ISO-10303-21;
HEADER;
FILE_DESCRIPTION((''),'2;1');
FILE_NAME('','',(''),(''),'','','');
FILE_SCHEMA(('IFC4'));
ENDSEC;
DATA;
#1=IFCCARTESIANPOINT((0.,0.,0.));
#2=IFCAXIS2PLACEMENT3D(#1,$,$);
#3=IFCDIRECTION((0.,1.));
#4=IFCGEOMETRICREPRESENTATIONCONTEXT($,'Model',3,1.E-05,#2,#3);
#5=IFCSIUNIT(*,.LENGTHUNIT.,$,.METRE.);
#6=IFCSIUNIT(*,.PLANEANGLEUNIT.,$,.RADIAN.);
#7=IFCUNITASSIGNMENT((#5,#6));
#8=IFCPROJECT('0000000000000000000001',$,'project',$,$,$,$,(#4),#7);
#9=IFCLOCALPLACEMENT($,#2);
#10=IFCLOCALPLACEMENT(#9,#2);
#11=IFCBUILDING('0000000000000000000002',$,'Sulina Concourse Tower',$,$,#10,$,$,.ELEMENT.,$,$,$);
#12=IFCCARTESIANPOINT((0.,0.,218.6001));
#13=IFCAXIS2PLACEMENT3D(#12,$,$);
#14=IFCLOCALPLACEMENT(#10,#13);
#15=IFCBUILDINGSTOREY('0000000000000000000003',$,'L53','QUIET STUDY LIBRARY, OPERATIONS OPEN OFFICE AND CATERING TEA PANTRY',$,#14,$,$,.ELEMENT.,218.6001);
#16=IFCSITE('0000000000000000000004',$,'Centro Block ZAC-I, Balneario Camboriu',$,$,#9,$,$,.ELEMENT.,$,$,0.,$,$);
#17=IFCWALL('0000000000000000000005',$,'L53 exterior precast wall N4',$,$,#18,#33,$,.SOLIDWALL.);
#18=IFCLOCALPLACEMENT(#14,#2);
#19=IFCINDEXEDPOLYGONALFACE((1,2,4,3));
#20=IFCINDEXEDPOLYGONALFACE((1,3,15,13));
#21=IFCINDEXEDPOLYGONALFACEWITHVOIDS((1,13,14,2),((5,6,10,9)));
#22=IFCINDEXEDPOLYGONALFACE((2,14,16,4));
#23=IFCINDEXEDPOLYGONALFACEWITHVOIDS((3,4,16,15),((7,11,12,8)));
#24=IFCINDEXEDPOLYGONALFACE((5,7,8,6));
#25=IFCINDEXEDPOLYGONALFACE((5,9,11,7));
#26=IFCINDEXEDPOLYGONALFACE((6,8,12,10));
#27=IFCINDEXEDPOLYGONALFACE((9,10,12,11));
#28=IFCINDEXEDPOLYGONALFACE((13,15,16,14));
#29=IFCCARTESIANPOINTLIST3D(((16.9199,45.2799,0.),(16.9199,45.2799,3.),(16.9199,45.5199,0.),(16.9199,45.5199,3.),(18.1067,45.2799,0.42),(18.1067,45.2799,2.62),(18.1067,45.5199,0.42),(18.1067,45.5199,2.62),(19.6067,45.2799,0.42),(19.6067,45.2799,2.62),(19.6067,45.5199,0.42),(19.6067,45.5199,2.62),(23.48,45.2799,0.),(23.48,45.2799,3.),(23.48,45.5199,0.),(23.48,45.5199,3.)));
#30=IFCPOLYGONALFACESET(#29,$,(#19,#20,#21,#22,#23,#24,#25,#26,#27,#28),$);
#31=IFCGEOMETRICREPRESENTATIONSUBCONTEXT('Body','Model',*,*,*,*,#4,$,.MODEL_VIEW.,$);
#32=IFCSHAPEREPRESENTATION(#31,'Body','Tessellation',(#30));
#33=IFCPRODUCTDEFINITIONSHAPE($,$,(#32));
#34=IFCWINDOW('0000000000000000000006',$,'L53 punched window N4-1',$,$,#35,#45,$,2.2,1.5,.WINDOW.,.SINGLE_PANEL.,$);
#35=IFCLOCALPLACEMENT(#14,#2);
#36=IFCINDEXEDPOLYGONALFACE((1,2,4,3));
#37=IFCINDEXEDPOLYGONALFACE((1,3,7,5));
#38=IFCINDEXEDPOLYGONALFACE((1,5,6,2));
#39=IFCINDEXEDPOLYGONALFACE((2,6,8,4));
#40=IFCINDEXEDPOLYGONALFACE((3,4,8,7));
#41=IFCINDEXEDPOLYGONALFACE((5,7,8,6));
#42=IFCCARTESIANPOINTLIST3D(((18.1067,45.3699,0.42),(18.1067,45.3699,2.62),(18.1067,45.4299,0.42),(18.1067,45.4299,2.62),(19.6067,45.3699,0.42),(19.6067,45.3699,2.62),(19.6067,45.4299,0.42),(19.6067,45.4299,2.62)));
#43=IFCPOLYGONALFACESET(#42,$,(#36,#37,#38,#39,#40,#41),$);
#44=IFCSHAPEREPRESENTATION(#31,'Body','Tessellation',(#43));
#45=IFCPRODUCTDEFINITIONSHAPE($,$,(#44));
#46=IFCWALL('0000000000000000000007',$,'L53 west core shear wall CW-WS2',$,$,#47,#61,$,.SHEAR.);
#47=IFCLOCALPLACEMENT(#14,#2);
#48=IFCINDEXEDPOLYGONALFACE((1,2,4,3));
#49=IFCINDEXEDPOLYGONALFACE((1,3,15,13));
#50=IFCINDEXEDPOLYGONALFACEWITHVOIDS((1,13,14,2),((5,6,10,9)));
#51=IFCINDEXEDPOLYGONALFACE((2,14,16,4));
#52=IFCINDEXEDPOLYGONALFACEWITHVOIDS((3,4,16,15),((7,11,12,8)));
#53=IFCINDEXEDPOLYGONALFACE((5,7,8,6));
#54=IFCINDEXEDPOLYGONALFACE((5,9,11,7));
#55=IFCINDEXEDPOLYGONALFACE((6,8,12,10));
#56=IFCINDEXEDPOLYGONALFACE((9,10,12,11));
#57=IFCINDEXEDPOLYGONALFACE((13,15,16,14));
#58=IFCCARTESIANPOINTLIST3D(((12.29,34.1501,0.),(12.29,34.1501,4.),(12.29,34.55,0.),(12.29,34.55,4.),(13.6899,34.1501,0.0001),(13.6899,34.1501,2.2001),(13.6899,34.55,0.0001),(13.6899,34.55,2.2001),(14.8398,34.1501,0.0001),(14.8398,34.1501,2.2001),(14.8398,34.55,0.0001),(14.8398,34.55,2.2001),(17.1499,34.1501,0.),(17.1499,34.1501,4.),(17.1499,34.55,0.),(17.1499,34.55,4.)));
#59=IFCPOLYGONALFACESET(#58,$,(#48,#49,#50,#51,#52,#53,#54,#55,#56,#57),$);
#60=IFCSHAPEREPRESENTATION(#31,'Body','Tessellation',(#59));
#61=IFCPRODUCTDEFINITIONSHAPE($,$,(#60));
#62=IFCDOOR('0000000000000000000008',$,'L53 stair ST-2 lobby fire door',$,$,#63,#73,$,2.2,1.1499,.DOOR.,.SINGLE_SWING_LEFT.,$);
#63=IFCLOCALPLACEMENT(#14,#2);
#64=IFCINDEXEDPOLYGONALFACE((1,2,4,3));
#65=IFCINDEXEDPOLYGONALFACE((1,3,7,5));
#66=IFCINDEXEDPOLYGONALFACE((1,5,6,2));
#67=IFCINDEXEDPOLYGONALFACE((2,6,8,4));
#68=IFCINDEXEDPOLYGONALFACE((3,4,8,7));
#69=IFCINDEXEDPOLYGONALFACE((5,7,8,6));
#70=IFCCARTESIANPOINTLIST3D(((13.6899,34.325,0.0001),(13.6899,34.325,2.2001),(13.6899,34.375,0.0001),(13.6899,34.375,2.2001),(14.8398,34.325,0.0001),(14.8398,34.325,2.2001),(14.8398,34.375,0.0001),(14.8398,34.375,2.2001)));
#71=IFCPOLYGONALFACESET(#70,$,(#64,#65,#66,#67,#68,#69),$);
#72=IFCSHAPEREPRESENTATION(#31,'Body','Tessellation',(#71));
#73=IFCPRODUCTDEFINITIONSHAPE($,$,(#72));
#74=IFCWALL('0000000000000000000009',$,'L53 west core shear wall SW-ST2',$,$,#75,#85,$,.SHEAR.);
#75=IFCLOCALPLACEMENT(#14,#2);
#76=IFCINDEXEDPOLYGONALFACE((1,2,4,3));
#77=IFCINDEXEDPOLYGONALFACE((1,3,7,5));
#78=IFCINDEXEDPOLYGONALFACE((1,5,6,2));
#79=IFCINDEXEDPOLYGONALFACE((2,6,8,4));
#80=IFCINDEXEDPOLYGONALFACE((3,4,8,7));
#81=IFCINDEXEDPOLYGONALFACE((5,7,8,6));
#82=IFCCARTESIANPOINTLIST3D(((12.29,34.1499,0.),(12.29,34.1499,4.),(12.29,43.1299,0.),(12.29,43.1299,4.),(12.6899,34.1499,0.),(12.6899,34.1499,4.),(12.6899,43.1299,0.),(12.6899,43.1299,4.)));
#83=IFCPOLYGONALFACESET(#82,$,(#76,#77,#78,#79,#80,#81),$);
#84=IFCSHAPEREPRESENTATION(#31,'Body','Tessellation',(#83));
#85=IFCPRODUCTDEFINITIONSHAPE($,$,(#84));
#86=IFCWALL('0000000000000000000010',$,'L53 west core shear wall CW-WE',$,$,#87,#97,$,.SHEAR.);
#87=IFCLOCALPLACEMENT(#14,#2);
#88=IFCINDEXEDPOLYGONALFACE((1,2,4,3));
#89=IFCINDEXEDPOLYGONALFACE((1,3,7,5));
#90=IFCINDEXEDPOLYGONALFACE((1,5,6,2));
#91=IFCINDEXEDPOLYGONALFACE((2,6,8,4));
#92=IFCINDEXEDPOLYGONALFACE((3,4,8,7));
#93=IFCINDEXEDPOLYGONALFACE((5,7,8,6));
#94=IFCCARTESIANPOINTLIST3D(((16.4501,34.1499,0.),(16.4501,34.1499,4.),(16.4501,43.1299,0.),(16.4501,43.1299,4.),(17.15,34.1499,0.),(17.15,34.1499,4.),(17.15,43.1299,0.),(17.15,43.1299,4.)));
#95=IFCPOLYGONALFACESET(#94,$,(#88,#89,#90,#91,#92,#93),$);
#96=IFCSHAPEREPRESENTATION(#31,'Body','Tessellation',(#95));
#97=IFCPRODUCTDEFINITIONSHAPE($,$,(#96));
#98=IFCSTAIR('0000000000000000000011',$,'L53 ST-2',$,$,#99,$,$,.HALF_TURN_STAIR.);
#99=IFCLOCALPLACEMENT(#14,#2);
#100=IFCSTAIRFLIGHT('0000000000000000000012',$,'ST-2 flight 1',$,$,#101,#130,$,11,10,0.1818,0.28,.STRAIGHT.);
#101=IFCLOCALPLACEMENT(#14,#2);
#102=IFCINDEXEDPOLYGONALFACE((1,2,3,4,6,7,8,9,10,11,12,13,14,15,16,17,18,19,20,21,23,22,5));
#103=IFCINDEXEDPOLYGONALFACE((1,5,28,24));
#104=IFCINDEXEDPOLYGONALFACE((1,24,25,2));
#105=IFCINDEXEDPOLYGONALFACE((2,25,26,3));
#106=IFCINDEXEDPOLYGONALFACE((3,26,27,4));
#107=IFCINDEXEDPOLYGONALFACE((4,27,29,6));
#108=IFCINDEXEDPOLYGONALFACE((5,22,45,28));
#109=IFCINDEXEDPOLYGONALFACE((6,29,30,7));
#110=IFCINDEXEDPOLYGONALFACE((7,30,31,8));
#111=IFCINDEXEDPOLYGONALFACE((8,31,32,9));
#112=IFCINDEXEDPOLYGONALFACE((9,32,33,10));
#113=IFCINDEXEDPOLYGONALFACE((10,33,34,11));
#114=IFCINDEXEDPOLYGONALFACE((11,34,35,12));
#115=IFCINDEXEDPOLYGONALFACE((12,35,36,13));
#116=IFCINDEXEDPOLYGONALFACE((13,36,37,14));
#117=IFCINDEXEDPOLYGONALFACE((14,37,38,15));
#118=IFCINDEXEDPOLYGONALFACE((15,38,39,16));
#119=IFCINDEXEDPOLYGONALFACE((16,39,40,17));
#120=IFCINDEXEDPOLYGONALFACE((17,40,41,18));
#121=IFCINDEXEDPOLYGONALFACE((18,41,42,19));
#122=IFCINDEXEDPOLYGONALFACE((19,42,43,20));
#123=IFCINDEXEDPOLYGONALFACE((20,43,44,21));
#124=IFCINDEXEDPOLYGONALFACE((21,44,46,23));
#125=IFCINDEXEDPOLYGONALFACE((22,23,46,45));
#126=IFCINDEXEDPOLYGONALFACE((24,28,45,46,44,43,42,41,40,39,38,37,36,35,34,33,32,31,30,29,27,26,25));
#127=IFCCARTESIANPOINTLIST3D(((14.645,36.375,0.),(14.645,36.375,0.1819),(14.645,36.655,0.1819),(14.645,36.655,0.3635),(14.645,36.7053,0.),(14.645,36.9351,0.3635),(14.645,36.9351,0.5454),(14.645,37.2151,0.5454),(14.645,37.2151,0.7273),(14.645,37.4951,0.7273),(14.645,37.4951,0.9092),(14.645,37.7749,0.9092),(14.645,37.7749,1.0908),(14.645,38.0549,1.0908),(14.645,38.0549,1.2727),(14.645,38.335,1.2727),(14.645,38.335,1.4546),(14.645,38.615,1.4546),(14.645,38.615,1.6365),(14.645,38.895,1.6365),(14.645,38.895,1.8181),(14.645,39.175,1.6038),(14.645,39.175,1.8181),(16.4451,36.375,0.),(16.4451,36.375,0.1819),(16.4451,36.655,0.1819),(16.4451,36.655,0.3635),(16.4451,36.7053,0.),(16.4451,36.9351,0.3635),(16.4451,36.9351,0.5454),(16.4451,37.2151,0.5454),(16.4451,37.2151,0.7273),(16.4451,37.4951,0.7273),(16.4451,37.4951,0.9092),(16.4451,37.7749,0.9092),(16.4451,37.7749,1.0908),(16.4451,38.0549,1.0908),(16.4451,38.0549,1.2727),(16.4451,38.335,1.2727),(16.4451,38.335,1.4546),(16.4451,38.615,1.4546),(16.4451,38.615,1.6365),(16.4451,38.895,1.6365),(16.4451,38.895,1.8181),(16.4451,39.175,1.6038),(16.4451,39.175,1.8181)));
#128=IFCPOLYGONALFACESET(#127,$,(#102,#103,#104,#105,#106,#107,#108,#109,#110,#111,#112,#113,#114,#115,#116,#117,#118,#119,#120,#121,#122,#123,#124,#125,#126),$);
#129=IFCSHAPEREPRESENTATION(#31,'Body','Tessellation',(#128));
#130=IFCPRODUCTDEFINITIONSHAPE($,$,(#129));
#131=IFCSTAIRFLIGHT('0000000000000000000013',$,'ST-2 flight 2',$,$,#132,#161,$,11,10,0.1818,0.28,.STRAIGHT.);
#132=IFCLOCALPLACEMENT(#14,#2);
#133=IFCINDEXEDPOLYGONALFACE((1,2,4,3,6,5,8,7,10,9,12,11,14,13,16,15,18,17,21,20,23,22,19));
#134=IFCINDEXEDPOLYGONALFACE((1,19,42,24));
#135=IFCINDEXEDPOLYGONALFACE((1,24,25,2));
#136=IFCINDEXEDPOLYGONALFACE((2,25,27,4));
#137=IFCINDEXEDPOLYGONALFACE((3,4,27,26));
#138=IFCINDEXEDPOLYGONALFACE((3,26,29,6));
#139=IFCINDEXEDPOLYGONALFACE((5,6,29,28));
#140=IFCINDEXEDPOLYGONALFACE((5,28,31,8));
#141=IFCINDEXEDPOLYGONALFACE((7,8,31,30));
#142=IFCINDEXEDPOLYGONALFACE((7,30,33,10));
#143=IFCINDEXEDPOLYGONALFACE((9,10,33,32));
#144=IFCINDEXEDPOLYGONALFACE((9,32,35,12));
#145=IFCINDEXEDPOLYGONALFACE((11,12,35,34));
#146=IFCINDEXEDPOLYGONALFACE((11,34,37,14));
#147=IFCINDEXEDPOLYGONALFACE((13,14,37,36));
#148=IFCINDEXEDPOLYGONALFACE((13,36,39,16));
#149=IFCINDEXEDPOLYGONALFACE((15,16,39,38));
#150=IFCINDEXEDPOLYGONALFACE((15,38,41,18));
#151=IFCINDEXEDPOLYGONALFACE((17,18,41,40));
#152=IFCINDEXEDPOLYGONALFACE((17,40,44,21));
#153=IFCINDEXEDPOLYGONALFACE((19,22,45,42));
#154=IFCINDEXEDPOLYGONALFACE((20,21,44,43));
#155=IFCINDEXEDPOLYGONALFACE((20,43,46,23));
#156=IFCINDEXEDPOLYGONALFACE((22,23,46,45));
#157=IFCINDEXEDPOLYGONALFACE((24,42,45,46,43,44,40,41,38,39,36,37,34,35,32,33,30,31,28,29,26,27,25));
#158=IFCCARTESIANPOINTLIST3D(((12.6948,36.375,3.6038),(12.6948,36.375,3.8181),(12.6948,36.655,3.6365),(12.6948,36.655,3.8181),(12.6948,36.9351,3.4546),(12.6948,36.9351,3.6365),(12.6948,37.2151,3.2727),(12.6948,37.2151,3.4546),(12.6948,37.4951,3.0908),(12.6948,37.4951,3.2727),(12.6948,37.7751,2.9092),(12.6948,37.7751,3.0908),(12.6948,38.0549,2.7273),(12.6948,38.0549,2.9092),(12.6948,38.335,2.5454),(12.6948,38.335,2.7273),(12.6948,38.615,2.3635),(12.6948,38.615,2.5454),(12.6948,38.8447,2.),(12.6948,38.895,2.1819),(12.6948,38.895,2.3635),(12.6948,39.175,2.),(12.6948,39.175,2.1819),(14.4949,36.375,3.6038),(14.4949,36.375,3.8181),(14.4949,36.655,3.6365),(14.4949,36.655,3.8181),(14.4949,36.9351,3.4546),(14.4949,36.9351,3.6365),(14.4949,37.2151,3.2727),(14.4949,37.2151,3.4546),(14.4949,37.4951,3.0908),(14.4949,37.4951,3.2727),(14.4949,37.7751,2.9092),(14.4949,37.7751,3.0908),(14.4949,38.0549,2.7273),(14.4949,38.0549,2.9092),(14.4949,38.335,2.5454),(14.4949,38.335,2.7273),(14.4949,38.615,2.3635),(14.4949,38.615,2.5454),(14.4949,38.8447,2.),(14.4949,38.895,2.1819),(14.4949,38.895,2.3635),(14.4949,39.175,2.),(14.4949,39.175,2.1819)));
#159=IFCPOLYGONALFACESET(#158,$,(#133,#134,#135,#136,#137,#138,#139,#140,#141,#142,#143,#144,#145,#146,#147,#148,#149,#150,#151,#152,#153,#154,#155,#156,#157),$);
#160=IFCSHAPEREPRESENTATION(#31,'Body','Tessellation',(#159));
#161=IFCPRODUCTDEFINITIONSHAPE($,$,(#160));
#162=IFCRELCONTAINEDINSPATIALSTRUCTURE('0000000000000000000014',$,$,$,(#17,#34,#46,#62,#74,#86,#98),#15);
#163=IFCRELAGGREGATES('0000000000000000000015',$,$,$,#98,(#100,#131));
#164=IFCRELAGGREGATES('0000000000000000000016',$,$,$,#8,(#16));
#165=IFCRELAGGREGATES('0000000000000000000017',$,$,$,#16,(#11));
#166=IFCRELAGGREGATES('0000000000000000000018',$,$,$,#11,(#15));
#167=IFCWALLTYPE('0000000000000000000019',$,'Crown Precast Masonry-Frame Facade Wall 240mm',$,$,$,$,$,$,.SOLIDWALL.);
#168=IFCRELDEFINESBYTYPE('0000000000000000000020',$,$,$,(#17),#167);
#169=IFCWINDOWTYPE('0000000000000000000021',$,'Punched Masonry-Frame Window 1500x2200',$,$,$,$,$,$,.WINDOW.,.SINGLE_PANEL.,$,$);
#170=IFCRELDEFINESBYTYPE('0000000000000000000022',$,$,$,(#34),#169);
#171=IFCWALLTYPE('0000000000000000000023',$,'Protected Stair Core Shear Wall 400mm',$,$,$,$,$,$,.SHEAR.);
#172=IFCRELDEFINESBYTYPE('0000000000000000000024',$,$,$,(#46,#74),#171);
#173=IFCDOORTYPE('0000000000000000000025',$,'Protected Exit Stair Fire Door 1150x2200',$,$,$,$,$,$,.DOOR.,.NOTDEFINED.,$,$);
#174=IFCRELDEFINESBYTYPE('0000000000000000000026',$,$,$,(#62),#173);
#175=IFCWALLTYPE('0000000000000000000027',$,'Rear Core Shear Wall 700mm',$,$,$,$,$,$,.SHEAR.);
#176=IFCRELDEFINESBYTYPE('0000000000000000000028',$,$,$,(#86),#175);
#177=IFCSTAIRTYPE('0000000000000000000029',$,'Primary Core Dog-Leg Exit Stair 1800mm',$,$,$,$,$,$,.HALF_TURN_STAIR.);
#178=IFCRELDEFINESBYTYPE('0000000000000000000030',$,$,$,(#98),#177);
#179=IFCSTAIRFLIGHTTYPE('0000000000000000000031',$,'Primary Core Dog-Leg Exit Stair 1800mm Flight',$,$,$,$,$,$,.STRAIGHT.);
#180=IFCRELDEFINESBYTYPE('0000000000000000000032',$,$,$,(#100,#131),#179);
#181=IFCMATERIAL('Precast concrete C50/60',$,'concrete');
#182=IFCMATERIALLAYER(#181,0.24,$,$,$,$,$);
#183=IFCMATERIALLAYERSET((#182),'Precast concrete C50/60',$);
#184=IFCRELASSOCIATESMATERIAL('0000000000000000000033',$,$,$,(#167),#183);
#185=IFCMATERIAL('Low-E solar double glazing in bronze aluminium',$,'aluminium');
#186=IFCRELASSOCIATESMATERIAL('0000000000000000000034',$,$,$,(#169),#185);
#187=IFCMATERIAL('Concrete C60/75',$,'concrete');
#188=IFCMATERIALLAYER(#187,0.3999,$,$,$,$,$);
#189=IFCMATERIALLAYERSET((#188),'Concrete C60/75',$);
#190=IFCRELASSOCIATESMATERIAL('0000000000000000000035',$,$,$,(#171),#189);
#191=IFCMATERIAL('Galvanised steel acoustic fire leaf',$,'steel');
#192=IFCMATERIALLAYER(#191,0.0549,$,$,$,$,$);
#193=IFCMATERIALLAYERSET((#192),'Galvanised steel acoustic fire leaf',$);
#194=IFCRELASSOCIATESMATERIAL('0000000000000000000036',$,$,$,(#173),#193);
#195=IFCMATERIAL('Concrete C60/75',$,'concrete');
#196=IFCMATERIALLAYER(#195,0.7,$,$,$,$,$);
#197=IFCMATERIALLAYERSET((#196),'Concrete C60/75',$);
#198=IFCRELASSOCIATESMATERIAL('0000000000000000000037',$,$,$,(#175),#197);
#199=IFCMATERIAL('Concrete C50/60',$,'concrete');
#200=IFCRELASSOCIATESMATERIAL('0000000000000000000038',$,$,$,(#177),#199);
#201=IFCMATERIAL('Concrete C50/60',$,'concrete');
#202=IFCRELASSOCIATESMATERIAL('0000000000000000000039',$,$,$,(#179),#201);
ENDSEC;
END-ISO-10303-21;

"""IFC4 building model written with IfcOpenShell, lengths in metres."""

from ifc_helpers import new_model, si_unit, direction, frame, frame_2d, origin, place, context, subcontext, project, spatial, polyline, rectangle, outline, extrude, material, layer, layer_set, type_object, element, fill, aggregate, save


model = new_model("IFC4")

# Units and contexts
model_context = context("Model", 3, precision=1e-05, world=origin(), true_north=direction((0.0, 1.0)))
body_context = subcontext(model_context, "Body", "Model", "MODEL_VIEW")
ifc_project = project(units=[si_unit("LENGTHUNIT", "METRE"), si_unit("PLANEANGLEUNIT", "RADIAN")], contexts=[model_context])

# Site, building, storey
site_placement = place(None, origin())
site = spatial("IfcSite", under=ifc_project, at=site_placement, Name="Centro Block ZAC-I, Balneario Camboriu", CompositionType="ELEMENT", RefElevation=0.0)
building_placement = place(site_placement, origin())
building = spatial("IfcBuilding", under=site, at=building_placement, Name="Sulina Concourse Tower", CompositionType="ELEMENT")
storey_placement = place(building_placement, frame((0.0, 0.0, 218.6001)))
storey = spatial("IfcBuildingStorey", under=building, at=storey_placement, Name="L53", Description="QUIET STUDY LIBRARY, OPERATIONS OPEN OFFICE AND CATERING TEA PANTRY", CompositionType="ELEMENT", Elevation=218.6001)

# Shared definitions
ifc_material_1 = material(Name="Precast concrete C50/60", Category="concrete")
ifc_layer_1 = layer(ifc_material_1, 0.24)
ifc_layer_set_1 = layer_set([ifc_layer_1], Name="Precast concrete C50/60")
wall_type_1 = type_object("IfcWallType", Name="Crown Precast Masonry-Frame Facade Wall 240mm", PredefinedType="SOLIDWALL", material=ifc_layer_set_1)

# Wall, opening, window
wall_1_placement = place(storey_placement, frame((16.9199, 45.3999, 0.0), z_axis=(0.0, 0.0, 1.0), x_axis=(1.0, 0.0, 0.0)))
wall_1 = element("IfcWall", 1, at=wall_1_placement, inside=storey, type_object=wall_type_1, Name="L53 exterior precast wall N4", PredefinedType="SOLIDWALL", context=body_context, shape_type="SweptSolid", body=[
    extrude(rectangle(XDim=6.5601, YDim=0.24, at=frame_2d((3.28, 0.0))), origin(), (0.0, 0.0, 1.0), 3.0),
])
opening_1_placement = place(wall_1_placement, frame((1.1868, 0.0, 0.4199)))
opening_1 = element("IfcOpeningElement", 2, at=opening_1_placement, cuts=wall_1, PredefinedType="OPENING", context=body_context, shape_type="SweptSolid", body=[
    extrude(rectangle(XDim=1.5, YDim=2.2, at=frame_2d((0.75, 1.1001))), frame((0.0, 0.1299, 0.0), z_axis=(0.0, -1.0, 0.0), x_axis=(1.0, 0.0, 0.0)), (0.0, 0.0, 1.0), 0.26),
])
ifc_material_2 = material(Name="Low-E solar double glazing in bronze aluminium", Category="aluminium")
window_type = type_object("IfcWindowType", Name="Punched Masonry-Frame Window 1500x2200", PartitioningType="SINGLE_PANEL", PredefinedType="WINDOW", material=ifc_material_2)
window_placement = place(opening_1_placement, origin())
window = element("IfcWindow", 3, at=window_placement, inside=storey, type_object=window_type, Name="L53 punched window N4-1", OverallHeight=2.2, OverallWidth=1.5, PartitioningType="SINGLE_PANEL", PredefinedType="WINDOW", context=body_context, shape_type="SweptSolid", body=[
    extrude(rectangle(XDim=1.5, YDim=2.2, at=frame_2d((0.75, 1.1001))), frame((0.0, 0.03, 0.0), z_axis=(0.0, -1.0, 0.0), x_axis=(1.0, 0.0, 0.0)), (0.0, 0.0, 1.0), 0.0601),
])
fill(opening_1, window)

# Wall, opening, door
ifc_material_3 = material(Name="Concrete C60/75", Category="concrete")
ifc_layer_2 = layer(ifc_material_3, 0.3999)
ifc_layer_set_2 = layer_set([ifc_layer_2], Name="Concrete C60/75")
wall_type_2 = type_object("IfcWallType", Name="Protected Stair Core Shear Wall 400mm", PredefinedType="SHEAR", material=ifc_layer_set_2)
wall_2_placement = place(storey_placement, frame((12.29, 34.3501, 0.0), z_axis=(0.0, 0.0, 1.0), x_axis=(1.0, 0.0, 0.0)))
wall_2 = element("IfcWall", 4, at=wall_2_placement, inside=storey, type_object=wall_type_2, Name="L53 west core shear wall CW-WS2", PredefinedType="SHEAR", context=body_context, shape_type="SweptSolid", body=[
    extrude(rectangle(XDim=4.8599, YDim=0.3999, at=frame_2d((2.4299, 0.0))), origin(), (0.0, 0.0, 1.0), 4.0),
])
opening_2_placement = place(wall_2_placement, frame((1.3999, 0.0, 0.0)))
opening_2 = element("IfcOpeningElement", 5, at=opening_2_placement, cuts=wall_2, PredefinedType="OPENING", context=body_context, shape_type="SweptSolid", body=[
    extrude(rectangle(XDim=1.1499, YDim=2.2, at=frame_2d((0.575, 1.1001))), frame((0.0, 0.21, 0.0), z_axis=(0.0, -1.0, 0.0), x_axis=(1.0, 0.0, 0.0)), (0.0, 0.0, 1.0), 0.4199),
])
ifc_material_4 = material(Name="Galvanised steel acoustic fire leaf", Category="steel")
ifc_layer_3 = layer(ifc_material_4, 0.0549)
ifc_layer_set_3 = layer_set([ifc_layer_3], Name="Galvanised steel acoustic fire leaf")
door_type_1 = type_object("IfcDoorType", Name="Protected Exit Stair Fire Door 1150x2200", OperationType="NOTDEFINED", PredefinedType="DOOR", material=ifc_layer_set_3)
door_1_placement = place(opening_2_placement, origin())
door_1 = element("IfcDoor", 6, at=door_1_placement, inside=storey, type_object=door_type_1, Name="L53 stair ST-2 lobby fire door", OperationType="SINGLE_SWING_LEFT", OverallHeight=2.2, OverallWidth=1.1499, PredefinedType="DOOR", context=body_context, shape_type="SweptSolid", body=[
    extrude(rectangle(XDim=1.1499, YDim=2.2, at=frame_2d((0.575, 1.1001))), frame((0.0, 0.0249, 0.0), z_axis=(0.0, -1.0, 0.0), x_axis=(1.0, 0.0, 0.0)), (0.0, 0.0, 1.0), 0.05),
])
fill(opening_2, door_1)

# Walls
wall_3_placement = place(storey_placement, frame((12.49, 34.1499, 0.0), z_axis=(0.0, 0.0, 1.0), x_axis=(0.0, 1.0, 0.0)))
element("IfcWall", 7, at=wall_3_placement, inside=storey, type_object=wall_type_2, Name="L53 west core shear wall SW-ST2", PredefinedType="SHEAR", context=body_context, shape_type="SweptSolid", body=[
    extrude(rectangle(XDim=8.98, YDim=0.3999, at=frame_2d((4.49, 0.0))), origin(), (0.0, 0.0, 1.0), 4.0),
])
ifc_material_5 = material(Name="Concrete C60/75", Category="concrete")
ifc_layer_4 = layer(ifc_material_5, 0.7)
ifc_layer_set_4 = layer_set([ifc_layer_4], Name="Concrete C60/75")
wall_type_3 = type_object("IfcWallType", Name="Rear Core Shear Wall 700mm", PredefinedType="SHEAR", material=ifc_layer_set_4)
wall_4_placement = place(storey_placement, frame((16.8, 34.1499, 0.0), z_axis=(0.0, 0.0, 1.0), x_axis=(0.0, 1.0, 0.0)))
element("IfcWall", 8, at=wall_4_placement, inside=storey, type_object=wall_type_3, Name="L53 west core shear wall CW-WE", PredefinedType="SHEAR", context=body_context, shape_type="SweptSolid", body=[
    extrude(rectangle(XDim=8.98, YDim=0.7, at=frame_2d((4.49, 0.0))), origin(), (0.0, 0.0, 1.0), 4.0),
])

# Stair, stair flights
ifc_material_6 = material(Name="Concrete C50/60", Category="concrete")
stair_type = type_object("IfcStairType", Name="Primary Core Dog-Leg Exit Stair 1800mm", PredefinedType="HALF_TURN_STAIR", material=ifc_material_6)
stair_placement = place(storey_placement, origin())
stair = element("IfcStair", 9, at=stair_placement, inside=storey, type_object=stair_type, Name="L53 ST-2", PredefinedType="HALF_TURN_STAIR")
ifc_material_7 = material(Name="Concrete C50/60", Category="concrete")
stair_flight_type = type_object("IfcStairFlightType", Name="Primary Core Dog-Leg Exit Stair 1800mm Flight", PredefinedType="STRAIGHT", material=ifc_material_7)
stair_flight_1_placement = place(storey_placement, frame((15.5449, 36.375, 0.0), z_axis=(0.0, 0.0, 1.0), x_axis=(0.0, 1.0, 0.0)))
stair_flight_1 = element("IfcStairFlight", 10, at=stair_flight_1_placement, type_object=stair_flight_type, Name="ST-2 flight 1", NumberOfRisers=11, NumberOfTreads=10, PredefinedType="STRAIGHT", RiserHeight=0.1818, TreadLength=0.28, context=body_context, shape_type="SweptSolid", body=[
    extrude(outline(polyline([(0.0, 0.0), (0.0, 0.1819), (0.28, 0.1819), (0.28, 0.3635), (0.5601, 0.3635), (0.5601, 0.5454), (0.8401, 0.5454), (0.8401, 0.7273), (1.1201, 0.7273), (1.1201, 0.9092), (1.3999, 0.9092), (1.3999, 1.0908), (1.6799, 1.0908), (1.6799, 1.2727), (1.96, 1.2727), (1.96, 1.4546), (2.24, 1.4546), (2.24, 1.6365), (2.52, 1.6365), (2.52, 1.8181), (2.8, 1.8181), (2.8, 2.0), (2.8, 1.6038), (0.3303, 0.0), (0.0, 0.0)])), frame((0.0, 0.8999, 0.0), z_axis=(0.0, -1.0, 0.0), x_axis=(1.0, 0.0, 0.0)), (0.0, 0.0, 1.0), 1.8),
])
stair_flight_2_placement = place(storey_placement, frame((13.595, 39.175, 2.0), z_axis=(0.0, 0.0, 1.0), x_axis=(0.0, -1.0, 0.0)))
stair_flight_2 = element("IfcStairFlight", 11, at=stair_flight_2_placement, type_object=stair_flight_type, Name="ST-2 flight 2", NumberOfRisers=11, NumberOfTreads=10, PredefinedType="STRAIGHT", RiserHeight=0.1818, TreadLength=0.28, context=body_context, shape_type="SweptSolid", body=[
    extrude(outline(polyline([(0.0, 0.0), (0.0, 0.1819), (0.28, 0.1819), (0.28, 0.3635), (0.5601, 0.3635), (0.5601, 0.5454), (0.8401, 0.5454), (0.8401, 0.7273), (1.1201, 0.7273), (1.1201, 0.9092), (1.3999, 0.9092), (1.3999, 1.0908), (1.6799, 1.0908), (1.6799, 1.2727), (1.96, 1.2727), (1.96, 1.4546), (2.24, 1.4546), (2.24, 1.6365), (2.52, 1.6365), (2.52, 1.8181), (2.8, 1.8181), (2.8, 2.0), (2.8, 1.6038), (0.3303, 0.0), (0.0, 0.0)])), frame((0.0, 0.8999, 0.0), z_axis=(0.0, -1.0, 0.0), x_axis=(1.0, 0.0, 0.0)), (0.0, 0.0, 1.0), 1.8),
])
aggregate(stair, [stair_flight_1, stair_flight_2])

save(model, "model.ifc")
